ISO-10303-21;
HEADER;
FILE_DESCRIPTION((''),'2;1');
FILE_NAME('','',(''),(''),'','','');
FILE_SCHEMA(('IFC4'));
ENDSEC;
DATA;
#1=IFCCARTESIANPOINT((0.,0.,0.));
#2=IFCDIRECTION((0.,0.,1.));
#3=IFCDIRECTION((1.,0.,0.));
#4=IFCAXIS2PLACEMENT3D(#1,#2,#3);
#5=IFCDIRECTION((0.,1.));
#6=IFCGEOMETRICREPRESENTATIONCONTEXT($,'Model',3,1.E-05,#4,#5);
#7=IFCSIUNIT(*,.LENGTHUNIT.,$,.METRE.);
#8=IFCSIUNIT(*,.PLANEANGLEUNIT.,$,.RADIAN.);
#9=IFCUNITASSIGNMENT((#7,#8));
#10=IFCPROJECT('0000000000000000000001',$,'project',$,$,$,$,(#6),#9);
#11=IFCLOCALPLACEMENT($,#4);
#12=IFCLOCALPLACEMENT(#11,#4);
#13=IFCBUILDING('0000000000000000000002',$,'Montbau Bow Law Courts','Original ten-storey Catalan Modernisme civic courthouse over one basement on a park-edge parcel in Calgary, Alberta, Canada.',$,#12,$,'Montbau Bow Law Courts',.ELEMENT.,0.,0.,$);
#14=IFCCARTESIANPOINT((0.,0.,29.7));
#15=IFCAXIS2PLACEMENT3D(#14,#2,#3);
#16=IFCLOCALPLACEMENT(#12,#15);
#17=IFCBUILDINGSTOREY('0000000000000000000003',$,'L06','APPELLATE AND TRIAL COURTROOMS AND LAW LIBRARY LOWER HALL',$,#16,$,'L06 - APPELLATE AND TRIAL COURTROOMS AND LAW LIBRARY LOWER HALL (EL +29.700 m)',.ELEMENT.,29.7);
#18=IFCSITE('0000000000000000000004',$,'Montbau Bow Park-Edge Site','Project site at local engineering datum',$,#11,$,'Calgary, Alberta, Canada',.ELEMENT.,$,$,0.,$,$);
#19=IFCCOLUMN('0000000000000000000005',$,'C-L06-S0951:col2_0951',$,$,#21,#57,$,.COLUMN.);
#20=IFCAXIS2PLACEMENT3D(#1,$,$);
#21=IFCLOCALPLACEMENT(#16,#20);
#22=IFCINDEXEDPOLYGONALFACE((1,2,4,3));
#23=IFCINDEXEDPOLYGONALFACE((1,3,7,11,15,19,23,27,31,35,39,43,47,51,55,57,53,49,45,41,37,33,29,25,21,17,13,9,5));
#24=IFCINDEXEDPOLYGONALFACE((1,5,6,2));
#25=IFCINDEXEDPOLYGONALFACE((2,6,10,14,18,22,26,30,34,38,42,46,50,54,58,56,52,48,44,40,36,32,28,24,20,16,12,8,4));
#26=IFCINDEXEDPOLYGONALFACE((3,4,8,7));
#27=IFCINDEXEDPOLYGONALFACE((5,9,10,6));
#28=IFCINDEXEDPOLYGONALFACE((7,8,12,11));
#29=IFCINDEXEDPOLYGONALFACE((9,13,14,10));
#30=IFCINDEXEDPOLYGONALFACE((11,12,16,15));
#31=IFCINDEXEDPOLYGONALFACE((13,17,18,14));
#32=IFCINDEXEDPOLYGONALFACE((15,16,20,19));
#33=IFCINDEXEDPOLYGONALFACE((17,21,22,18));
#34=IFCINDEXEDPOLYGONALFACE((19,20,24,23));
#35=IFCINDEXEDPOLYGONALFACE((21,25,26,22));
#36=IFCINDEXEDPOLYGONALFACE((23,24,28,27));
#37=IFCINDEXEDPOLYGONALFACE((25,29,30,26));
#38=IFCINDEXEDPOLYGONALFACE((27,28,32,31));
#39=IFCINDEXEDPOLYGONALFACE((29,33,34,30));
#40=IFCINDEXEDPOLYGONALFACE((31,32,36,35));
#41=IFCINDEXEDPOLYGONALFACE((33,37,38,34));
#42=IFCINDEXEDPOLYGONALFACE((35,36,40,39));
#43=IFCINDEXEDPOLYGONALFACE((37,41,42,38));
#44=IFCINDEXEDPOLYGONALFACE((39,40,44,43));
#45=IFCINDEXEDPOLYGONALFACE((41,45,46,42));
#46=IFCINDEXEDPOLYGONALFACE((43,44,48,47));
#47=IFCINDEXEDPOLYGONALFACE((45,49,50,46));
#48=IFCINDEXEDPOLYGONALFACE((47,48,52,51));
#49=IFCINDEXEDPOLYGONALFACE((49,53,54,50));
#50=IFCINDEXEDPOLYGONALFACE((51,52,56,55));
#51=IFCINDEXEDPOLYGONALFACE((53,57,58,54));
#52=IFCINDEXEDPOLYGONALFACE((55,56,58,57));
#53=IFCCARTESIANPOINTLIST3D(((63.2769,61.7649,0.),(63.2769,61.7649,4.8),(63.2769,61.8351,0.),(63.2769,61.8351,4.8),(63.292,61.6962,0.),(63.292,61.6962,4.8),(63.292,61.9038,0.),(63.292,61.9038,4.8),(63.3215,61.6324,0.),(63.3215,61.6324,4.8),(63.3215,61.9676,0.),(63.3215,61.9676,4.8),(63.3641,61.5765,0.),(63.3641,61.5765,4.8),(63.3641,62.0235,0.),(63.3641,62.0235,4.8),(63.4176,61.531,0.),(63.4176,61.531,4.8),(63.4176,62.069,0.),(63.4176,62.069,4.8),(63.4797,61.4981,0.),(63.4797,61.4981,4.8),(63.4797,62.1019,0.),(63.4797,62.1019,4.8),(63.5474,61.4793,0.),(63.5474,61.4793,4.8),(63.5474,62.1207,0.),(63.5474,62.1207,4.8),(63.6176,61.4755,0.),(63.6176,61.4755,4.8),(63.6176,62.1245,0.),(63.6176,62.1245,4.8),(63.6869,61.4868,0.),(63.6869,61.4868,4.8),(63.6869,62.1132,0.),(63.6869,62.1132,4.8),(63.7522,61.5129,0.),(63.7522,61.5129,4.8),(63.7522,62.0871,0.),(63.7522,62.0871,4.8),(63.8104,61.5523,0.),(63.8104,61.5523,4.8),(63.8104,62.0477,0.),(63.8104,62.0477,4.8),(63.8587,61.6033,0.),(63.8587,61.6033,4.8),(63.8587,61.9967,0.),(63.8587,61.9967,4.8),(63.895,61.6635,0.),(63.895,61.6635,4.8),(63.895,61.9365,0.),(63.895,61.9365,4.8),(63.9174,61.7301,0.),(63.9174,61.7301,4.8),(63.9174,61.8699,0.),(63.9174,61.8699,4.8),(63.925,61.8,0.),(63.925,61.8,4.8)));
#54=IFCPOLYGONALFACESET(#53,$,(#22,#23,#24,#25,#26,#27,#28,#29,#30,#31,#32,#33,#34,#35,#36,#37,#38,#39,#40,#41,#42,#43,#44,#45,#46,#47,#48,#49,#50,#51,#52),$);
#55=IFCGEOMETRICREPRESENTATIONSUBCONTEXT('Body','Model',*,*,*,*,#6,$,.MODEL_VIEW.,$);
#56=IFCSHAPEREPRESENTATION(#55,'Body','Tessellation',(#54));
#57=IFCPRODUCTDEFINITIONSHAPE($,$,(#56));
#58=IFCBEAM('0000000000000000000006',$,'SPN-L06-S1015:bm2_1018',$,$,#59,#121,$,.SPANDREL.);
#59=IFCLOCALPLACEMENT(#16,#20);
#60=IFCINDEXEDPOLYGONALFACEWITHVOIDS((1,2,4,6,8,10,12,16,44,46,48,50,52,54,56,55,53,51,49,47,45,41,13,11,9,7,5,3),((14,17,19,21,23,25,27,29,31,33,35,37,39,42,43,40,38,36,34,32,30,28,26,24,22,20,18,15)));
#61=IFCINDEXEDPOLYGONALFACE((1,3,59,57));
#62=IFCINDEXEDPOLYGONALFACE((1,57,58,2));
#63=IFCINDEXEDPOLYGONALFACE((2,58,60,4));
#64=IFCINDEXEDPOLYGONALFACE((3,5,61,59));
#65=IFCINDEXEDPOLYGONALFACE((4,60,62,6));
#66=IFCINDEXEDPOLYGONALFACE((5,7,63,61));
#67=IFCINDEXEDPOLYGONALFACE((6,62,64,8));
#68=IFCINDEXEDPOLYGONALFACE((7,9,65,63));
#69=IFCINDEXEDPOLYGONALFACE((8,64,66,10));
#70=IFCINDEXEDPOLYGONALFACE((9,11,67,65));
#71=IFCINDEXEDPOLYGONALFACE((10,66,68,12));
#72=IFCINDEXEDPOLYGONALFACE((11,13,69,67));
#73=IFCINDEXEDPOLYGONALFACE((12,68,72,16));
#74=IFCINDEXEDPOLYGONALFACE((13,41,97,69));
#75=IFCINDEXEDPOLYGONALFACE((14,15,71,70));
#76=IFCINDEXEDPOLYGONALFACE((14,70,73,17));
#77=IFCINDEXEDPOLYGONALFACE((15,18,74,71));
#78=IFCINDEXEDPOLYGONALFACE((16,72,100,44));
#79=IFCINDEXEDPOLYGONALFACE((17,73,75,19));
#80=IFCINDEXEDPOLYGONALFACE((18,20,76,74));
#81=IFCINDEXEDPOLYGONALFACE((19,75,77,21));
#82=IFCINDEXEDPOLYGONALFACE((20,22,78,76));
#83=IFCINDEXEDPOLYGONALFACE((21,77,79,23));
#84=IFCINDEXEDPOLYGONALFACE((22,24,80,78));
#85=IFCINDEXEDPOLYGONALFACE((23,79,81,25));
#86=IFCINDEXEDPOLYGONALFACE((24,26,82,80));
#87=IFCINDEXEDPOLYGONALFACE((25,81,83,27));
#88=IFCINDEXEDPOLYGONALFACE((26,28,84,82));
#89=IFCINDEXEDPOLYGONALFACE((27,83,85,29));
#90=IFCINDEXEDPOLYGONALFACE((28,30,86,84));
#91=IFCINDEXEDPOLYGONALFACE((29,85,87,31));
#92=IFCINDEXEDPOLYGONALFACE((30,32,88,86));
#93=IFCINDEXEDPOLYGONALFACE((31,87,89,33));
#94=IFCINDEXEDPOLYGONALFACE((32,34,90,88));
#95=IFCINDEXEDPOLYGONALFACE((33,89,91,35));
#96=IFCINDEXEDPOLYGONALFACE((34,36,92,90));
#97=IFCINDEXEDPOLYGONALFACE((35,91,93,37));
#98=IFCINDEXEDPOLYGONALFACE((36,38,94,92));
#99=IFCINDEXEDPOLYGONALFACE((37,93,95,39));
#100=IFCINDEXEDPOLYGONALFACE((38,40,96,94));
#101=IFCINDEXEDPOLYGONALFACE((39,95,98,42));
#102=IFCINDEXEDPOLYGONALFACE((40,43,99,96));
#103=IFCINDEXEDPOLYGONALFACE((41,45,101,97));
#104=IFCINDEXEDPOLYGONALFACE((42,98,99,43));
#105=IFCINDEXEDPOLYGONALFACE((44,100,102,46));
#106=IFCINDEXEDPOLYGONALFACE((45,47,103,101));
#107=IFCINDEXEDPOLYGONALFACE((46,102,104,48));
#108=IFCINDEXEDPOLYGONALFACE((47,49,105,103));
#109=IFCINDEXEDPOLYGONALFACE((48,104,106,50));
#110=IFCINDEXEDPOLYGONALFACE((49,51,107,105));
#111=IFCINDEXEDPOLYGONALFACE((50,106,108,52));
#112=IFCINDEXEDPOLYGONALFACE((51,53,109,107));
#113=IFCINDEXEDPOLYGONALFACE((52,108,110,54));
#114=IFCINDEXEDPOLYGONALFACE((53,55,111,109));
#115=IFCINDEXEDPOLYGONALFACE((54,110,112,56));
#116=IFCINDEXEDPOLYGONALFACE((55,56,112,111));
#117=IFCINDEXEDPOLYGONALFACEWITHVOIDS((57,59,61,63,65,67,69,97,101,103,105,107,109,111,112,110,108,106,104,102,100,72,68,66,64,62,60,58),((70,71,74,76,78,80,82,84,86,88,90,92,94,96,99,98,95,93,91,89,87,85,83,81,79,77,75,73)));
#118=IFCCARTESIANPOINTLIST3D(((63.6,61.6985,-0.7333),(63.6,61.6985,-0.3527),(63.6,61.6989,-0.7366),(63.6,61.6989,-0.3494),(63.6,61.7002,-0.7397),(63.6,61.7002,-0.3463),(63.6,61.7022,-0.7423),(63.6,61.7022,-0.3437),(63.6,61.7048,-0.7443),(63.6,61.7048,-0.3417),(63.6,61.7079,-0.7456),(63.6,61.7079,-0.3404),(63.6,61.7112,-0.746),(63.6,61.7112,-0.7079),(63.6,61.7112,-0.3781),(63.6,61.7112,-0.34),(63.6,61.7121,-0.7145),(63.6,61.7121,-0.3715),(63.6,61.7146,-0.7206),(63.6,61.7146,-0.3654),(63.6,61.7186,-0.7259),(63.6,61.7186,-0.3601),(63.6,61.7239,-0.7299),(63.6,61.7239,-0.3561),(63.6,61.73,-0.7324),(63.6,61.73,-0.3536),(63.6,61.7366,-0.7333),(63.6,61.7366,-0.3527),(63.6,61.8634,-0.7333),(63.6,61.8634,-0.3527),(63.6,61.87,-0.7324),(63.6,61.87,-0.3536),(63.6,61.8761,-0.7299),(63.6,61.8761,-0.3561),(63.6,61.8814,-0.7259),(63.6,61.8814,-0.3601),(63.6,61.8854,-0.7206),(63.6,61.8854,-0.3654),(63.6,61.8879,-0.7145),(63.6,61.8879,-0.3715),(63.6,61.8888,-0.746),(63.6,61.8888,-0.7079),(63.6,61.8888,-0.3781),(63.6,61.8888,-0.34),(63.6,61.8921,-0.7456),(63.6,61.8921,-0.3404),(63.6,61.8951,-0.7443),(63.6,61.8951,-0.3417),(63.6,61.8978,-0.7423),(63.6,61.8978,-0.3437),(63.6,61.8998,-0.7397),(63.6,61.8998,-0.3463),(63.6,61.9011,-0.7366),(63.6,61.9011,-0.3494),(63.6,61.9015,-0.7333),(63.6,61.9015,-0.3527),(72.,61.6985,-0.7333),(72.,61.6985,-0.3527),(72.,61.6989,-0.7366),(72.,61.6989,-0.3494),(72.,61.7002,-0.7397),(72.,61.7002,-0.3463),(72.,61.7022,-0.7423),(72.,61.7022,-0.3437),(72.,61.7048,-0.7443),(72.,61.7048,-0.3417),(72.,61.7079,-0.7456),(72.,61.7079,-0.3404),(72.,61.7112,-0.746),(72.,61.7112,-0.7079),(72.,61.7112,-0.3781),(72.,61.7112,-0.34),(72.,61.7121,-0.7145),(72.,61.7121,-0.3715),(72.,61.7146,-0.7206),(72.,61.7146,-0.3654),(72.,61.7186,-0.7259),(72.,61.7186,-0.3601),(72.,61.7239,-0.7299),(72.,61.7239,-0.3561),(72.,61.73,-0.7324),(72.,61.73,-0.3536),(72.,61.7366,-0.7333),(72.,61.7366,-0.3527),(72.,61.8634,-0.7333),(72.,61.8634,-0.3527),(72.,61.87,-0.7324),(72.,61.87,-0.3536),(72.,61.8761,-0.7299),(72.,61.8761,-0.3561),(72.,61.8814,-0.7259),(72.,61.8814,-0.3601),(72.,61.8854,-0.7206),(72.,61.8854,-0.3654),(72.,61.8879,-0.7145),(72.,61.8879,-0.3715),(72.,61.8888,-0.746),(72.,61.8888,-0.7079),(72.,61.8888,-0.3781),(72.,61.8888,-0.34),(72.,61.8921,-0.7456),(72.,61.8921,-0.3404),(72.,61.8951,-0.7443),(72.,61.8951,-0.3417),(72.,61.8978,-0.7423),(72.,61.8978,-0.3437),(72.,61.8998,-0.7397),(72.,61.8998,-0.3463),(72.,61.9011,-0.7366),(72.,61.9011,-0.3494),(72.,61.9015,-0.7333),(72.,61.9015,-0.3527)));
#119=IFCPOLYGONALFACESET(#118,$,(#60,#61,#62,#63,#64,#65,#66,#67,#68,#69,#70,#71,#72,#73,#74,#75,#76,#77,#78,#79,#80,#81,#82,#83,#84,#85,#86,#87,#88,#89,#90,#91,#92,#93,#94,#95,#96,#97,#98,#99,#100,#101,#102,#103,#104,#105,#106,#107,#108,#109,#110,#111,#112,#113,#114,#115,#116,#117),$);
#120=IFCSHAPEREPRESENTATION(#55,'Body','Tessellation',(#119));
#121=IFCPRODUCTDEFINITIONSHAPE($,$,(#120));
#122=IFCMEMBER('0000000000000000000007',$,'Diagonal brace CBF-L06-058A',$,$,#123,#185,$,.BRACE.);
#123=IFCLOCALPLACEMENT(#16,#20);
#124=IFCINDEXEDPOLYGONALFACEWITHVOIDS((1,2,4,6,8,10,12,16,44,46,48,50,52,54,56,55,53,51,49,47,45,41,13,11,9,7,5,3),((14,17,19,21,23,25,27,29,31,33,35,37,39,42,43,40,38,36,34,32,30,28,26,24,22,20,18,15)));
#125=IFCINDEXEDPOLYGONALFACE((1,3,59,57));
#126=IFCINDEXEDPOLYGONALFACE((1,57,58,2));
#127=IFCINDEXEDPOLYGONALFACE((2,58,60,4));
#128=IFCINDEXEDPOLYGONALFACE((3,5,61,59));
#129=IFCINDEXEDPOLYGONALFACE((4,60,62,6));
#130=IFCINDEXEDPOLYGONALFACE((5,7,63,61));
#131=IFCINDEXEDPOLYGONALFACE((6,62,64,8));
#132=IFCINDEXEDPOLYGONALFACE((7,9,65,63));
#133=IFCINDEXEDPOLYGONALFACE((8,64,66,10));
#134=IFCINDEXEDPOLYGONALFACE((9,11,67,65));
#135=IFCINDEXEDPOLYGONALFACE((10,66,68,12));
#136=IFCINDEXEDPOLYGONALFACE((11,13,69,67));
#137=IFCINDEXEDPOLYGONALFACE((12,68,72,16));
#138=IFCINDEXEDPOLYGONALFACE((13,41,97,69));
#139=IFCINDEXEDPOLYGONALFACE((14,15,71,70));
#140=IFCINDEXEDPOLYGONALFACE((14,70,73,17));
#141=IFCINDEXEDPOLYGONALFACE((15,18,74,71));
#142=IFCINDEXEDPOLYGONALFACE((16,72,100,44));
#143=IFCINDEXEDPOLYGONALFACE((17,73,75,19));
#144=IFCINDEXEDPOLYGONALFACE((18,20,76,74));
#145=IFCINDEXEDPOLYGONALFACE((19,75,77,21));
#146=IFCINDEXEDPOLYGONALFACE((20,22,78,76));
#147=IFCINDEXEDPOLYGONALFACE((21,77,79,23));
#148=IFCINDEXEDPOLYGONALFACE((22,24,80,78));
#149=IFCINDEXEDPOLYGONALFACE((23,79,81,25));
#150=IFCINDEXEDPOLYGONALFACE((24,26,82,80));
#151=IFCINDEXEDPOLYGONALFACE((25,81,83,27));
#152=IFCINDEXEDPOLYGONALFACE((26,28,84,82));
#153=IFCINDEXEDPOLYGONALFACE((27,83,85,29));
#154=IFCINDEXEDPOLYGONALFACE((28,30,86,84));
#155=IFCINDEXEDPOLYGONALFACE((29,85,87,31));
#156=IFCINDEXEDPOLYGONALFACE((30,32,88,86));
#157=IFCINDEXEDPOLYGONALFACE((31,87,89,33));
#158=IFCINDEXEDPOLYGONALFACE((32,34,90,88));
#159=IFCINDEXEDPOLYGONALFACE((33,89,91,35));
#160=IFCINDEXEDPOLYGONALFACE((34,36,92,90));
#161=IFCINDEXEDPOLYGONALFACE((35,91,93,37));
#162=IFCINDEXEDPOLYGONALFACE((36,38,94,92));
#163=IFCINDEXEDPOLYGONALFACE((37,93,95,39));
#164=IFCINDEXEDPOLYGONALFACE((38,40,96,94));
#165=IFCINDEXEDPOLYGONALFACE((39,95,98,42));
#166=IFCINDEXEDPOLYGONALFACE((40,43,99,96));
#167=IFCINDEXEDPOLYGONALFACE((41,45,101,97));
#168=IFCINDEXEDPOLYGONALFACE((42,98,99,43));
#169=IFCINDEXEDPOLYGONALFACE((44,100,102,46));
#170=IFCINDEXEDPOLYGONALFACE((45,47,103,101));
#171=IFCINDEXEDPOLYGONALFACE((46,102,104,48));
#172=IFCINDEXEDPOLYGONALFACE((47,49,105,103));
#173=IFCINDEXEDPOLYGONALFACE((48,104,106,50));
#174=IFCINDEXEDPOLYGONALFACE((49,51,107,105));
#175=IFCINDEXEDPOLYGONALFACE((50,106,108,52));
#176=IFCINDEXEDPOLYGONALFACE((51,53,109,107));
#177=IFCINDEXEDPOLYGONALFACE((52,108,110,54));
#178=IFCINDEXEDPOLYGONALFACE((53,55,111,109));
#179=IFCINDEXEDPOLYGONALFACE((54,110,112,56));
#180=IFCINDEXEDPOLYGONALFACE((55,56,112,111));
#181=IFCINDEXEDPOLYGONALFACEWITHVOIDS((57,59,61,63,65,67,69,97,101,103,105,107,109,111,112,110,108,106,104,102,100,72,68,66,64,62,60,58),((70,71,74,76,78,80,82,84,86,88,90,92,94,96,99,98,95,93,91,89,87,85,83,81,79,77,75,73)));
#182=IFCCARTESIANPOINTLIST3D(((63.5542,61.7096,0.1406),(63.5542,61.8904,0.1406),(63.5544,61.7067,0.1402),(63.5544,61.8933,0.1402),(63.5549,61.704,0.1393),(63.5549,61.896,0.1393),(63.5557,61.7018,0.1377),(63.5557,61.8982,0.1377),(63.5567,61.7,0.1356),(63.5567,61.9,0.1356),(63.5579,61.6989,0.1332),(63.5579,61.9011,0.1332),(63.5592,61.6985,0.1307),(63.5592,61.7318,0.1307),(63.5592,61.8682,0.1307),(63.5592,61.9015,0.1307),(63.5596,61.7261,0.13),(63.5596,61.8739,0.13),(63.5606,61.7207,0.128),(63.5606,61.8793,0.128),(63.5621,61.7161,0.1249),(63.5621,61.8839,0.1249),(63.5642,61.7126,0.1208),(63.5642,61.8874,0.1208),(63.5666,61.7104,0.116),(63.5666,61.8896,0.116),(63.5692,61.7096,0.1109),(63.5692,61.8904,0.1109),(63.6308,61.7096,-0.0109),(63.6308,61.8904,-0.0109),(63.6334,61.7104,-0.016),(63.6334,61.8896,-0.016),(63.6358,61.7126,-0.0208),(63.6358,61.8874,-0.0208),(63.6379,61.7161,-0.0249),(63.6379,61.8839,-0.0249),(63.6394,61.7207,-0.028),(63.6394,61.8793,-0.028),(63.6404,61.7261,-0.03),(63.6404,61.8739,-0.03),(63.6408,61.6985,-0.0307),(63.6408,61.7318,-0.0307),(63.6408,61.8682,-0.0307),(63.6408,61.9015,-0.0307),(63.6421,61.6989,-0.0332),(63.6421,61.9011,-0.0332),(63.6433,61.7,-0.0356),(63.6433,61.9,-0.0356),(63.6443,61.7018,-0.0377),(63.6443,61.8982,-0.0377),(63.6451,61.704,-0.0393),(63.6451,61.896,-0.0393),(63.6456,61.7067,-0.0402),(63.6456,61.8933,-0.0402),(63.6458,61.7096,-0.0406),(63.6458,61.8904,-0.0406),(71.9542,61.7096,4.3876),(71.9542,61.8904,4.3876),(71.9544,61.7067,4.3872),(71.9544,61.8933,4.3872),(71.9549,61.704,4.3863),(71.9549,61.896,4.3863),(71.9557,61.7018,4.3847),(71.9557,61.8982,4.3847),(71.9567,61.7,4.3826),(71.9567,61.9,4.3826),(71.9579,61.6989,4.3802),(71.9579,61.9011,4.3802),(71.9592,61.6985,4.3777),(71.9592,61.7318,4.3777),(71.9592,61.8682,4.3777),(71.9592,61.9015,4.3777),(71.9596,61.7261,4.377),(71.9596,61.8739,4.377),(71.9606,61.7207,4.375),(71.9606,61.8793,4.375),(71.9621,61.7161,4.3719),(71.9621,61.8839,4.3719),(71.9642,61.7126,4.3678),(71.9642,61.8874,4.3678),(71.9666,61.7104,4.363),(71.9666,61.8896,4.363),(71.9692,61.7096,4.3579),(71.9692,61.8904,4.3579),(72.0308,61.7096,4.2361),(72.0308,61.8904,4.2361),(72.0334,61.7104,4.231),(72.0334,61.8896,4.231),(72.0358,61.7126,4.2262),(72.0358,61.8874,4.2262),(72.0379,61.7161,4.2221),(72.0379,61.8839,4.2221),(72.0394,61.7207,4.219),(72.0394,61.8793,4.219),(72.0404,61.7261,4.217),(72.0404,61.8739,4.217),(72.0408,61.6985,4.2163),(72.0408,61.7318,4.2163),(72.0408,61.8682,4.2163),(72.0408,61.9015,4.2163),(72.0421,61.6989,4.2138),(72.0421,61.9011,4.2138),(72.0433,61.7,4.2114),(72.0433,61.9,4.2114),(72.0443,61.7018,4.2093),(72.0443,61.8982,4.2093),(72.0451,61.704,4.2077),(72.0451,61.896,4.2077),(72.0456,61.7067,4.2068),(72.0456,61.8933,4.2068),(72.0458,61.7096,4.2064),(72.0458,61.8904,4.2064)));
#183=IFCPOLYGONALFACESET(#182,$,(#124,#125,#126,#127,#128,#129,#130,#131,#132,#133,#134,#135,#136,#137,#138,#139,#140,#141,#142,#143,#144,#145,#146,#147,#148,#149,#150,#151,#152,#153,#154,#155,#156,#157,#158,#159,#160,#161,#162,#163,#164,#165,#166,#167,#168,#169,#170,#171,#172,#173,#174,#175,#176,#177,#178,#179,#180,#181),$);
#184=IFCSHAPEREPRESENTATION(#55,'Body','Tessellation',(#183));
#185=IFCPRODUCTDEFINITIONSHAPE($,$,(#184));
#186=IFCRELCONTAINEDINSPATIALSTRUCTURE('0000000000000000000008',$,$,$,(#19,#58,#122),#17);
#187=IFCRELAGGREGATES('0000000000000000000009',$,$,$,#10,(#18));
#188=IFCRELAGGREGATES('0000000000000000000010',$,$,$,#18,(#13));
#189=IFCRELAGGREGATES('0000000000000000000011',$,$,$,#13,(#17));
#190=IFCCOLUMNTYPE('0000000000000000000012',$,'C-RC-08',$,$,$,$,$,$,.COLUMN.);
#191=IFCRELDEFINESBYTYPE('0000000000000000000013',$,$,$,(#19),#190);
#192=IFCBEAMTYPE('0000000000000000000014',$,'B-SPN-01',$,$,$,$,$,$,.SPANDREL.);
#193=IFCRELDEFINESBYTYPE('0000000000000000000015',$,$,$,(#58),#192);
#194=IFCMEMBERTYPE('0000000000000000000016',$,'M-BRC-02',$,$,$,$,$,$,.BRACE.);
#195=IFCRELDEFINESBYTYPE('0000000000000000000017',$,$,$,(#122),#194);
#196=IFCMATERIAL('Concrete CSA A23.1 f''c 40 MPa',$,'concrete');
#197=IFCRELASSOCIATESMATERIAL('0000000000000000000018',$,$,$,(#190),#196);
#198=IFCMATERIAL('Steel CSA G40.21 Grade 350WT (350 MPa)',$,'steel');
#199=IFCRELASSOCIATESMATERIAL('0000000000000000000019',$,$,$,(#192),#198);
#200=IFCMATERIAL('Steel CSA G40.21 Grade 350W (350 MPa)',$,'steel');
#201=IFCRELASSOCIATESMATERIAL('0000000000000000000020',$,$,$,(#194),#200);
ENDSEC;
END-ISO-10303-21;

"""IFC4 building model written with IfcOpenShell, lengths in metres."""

from ifc_helpers import new_model, si_unit, direction, frame, origin_with_axes, origin_2d_with_axis, place, context, subcontext, project, spatial, hollow_rectangle, circle, extrude, material, material_profile, profile_set, type_object, element, save


model = new_model("IFC4")

# Units and contexts
model_context = context("Model", 3, precision=1e-05, world=origin_with_axes(), true_north=direction((0.0, 1.0)))
body_context = subcontext(model_context, "Body", "Model", "MODEL_VIEW")
ifc_project = project(units=[si_unit("LENGTHUNIT", "METRE"), si_unit("PLANEANGLEUNIT", "RADIAN")], contexts=[model_context])

# Site, building, storey
site_placement = place(None, origin_with_axes())
site = spatial("IfcSite", under=ifc_project, at=site_placement, Name="Montbau Bow Park-Edge Site", Description="Project site at local engineering datum", LongName="Calgary, Alberta, Canada", CompositionType="ELEMENT", RefElevation=0.0)
building_placement = place(site_placement, origin_with_axes())
building = spatial("IfcBuilding", under=site, at=building_placement, Name="Montbau Bow Law Courts", Description="Original ten-storey Catalan Modernisme civic courthouse over one basement on a park-edge parcel in Calgary, Alberta, Canada.", LongName="Montbau Bow Law Courts", CompositionType="ELEMENT", ElevationOfRefHeight=0.0, ElevationOfTerrain=0.0)
storey_placement = place(building_placement, frame((0.0, 0.0, 29.7), z_axis=(0.0, 0.0, 1.0), x_axis=(1.0, 0.0, 0.0)))
storey = spatial("IfcBuildingStorey", under=building, at=storey_placement, Name="L06", Description="APPELLATE AND TRIAL COURTROOMS AND LAW LIBRARY LOWER HALL", LongName="L06 - APPELLATE AND TRIAL COURTROOMS AND LAW LIBRARY LOWER HALL (EL +29.700 m)", CompositionType="ELEMENT", Elevation=29.7)

# Column
ifc_material_1 = material(Name="Concrete CSA A23.1 f'c 40 MPa", Category="concrete")
ifc_material_profile_1 = material_profile(ifc_material_1, circle(Radius=0.325, at=origin_2d_with_axis()), Name="RC650D", Category="Main", Priority=0)
ifc_profile_set_1 = profile_set([ifc_material_profile_1], Name="Concrete CSA A23.1 f'c 40 MPa")
column_type = type_object("IfcColumnType", Name="C-RC-08", PredefinedType="COLUMN", material=ifc_profile_set_1)
column_placement = place(None, frame((63.6, 61.8, 29.7), z_axis=(0.0, 0.0, 1.0), x_axis=(1.0, 0.0, 0.0)))
element("IfcColumn", 1, at=column_placement, inside=storey, type_object=column_type, Name="C-L06-S0951:col2_0951", PredefinedType="COLUMN", context=body_context, shape_type="SweptSolid", body=[
    extrude(circle(Radius=0.325, at=origin_2d_with_axis()), origin_with_axes(), (0.0, 0.0, 1.0), 4.8),
])

# Beam
ifc_material_2 = material(Name="Steel CSA G40.21 Grade 350WT (350 MPa)", Category="steel")
ifc_material_profile_2 = material_profile(ifc_material_2, hollow_rectangle(XDim=0.203, YDim=0.406, WallThickness=0.0127, InnerFilletRadius=0.0254, OuterFilletRadius=0.0127, at=origin_2d_with_axis()), Name="HSS406X203X13", Category="Main", Priority=0)
ifc_profile_set_2 = profile_set([ifc_material_profile_2], Name="Steel CSA G40.21 Grade 350WT (350 MPa)")
beam_type = type_object("IfcBeamType", Name="B-SPN-01", PredefinedType="SPANDREL", material=ifc_profile_set_2)
beam_placement = place(None, frame((63.6, 61.8, 29.157), z_axis=(1.0, 0.0, 0.0), x_axis=(0.0, 1.0, 0.0)))
element("IfcBeam", 2, at=beam_placement, inside=storey, type_object=beam_type, Name="SPN-L06-S1015:bm2_1018", PredefinedType="SPANDREL", context=body_context, shape_type="SweptSolid", body=[
    extrude(hollow_rectangle(XDim=0.203, YDim=0.406, WallThickness=0.0127, InnerFilletRadius=0.0254, OuterFilletRadius=0.0127, at=origin_2d_with_axis()), origin_with_axes(), (0.0, 0.0, 1.0), 8.4),
])

# Member
ifc_material_3 = material(Name="Steel CSA G40.21 Grade 350W (350 MPa)", Category="steel")
ifc_material_profile_3 = material_profile(ifc_material_3, hollow_rectangle(XDim=0.203, YDim=0.203, WallThickness=0.0111, InnerFilletRadius=0.0222, OuterFilletRadius=0.0111, at=origin_2d_with_axis()), Name="HSS203X203X11", Category="Main", Priority=0)
ifc_profile_set_3 = profile_set([ifc_material_profile_3], Name="Steel CSA G40.21 Grade 350W (350 MPa)")
member_type_1 = type_object("IfcMemberType", Name="M-BRC-02", PredefinedType="BRACE", material=ifc_profile_set_3)
member_1_placement = place(None, frame((63.6, 61.8, 29.75), z_axis=(0.892421, 0.0, 0.451204), x_axis=(0.0, 1.0, 0.0)))
element("IfcMember", 3, at=member_1_placement, inside=storey, type_object=member_type_1, Name="Diagonal brace CBF-L06-058A", PredefinedType="BRACE", context=body_context, shape_type="SweptSolid", body=[
    extrude(hollow_rectangle(XDim=0.203, YDim=0.203, WallThickness=0.0111, InnerFilletRadius=0.0222, OuterFilletRadius=0.0111, at=origin_2d_with_axis()), origin_with_axes(), (0.0, 0.0, 1.0), 9.4126),
])

save(model, "model.ifc")
